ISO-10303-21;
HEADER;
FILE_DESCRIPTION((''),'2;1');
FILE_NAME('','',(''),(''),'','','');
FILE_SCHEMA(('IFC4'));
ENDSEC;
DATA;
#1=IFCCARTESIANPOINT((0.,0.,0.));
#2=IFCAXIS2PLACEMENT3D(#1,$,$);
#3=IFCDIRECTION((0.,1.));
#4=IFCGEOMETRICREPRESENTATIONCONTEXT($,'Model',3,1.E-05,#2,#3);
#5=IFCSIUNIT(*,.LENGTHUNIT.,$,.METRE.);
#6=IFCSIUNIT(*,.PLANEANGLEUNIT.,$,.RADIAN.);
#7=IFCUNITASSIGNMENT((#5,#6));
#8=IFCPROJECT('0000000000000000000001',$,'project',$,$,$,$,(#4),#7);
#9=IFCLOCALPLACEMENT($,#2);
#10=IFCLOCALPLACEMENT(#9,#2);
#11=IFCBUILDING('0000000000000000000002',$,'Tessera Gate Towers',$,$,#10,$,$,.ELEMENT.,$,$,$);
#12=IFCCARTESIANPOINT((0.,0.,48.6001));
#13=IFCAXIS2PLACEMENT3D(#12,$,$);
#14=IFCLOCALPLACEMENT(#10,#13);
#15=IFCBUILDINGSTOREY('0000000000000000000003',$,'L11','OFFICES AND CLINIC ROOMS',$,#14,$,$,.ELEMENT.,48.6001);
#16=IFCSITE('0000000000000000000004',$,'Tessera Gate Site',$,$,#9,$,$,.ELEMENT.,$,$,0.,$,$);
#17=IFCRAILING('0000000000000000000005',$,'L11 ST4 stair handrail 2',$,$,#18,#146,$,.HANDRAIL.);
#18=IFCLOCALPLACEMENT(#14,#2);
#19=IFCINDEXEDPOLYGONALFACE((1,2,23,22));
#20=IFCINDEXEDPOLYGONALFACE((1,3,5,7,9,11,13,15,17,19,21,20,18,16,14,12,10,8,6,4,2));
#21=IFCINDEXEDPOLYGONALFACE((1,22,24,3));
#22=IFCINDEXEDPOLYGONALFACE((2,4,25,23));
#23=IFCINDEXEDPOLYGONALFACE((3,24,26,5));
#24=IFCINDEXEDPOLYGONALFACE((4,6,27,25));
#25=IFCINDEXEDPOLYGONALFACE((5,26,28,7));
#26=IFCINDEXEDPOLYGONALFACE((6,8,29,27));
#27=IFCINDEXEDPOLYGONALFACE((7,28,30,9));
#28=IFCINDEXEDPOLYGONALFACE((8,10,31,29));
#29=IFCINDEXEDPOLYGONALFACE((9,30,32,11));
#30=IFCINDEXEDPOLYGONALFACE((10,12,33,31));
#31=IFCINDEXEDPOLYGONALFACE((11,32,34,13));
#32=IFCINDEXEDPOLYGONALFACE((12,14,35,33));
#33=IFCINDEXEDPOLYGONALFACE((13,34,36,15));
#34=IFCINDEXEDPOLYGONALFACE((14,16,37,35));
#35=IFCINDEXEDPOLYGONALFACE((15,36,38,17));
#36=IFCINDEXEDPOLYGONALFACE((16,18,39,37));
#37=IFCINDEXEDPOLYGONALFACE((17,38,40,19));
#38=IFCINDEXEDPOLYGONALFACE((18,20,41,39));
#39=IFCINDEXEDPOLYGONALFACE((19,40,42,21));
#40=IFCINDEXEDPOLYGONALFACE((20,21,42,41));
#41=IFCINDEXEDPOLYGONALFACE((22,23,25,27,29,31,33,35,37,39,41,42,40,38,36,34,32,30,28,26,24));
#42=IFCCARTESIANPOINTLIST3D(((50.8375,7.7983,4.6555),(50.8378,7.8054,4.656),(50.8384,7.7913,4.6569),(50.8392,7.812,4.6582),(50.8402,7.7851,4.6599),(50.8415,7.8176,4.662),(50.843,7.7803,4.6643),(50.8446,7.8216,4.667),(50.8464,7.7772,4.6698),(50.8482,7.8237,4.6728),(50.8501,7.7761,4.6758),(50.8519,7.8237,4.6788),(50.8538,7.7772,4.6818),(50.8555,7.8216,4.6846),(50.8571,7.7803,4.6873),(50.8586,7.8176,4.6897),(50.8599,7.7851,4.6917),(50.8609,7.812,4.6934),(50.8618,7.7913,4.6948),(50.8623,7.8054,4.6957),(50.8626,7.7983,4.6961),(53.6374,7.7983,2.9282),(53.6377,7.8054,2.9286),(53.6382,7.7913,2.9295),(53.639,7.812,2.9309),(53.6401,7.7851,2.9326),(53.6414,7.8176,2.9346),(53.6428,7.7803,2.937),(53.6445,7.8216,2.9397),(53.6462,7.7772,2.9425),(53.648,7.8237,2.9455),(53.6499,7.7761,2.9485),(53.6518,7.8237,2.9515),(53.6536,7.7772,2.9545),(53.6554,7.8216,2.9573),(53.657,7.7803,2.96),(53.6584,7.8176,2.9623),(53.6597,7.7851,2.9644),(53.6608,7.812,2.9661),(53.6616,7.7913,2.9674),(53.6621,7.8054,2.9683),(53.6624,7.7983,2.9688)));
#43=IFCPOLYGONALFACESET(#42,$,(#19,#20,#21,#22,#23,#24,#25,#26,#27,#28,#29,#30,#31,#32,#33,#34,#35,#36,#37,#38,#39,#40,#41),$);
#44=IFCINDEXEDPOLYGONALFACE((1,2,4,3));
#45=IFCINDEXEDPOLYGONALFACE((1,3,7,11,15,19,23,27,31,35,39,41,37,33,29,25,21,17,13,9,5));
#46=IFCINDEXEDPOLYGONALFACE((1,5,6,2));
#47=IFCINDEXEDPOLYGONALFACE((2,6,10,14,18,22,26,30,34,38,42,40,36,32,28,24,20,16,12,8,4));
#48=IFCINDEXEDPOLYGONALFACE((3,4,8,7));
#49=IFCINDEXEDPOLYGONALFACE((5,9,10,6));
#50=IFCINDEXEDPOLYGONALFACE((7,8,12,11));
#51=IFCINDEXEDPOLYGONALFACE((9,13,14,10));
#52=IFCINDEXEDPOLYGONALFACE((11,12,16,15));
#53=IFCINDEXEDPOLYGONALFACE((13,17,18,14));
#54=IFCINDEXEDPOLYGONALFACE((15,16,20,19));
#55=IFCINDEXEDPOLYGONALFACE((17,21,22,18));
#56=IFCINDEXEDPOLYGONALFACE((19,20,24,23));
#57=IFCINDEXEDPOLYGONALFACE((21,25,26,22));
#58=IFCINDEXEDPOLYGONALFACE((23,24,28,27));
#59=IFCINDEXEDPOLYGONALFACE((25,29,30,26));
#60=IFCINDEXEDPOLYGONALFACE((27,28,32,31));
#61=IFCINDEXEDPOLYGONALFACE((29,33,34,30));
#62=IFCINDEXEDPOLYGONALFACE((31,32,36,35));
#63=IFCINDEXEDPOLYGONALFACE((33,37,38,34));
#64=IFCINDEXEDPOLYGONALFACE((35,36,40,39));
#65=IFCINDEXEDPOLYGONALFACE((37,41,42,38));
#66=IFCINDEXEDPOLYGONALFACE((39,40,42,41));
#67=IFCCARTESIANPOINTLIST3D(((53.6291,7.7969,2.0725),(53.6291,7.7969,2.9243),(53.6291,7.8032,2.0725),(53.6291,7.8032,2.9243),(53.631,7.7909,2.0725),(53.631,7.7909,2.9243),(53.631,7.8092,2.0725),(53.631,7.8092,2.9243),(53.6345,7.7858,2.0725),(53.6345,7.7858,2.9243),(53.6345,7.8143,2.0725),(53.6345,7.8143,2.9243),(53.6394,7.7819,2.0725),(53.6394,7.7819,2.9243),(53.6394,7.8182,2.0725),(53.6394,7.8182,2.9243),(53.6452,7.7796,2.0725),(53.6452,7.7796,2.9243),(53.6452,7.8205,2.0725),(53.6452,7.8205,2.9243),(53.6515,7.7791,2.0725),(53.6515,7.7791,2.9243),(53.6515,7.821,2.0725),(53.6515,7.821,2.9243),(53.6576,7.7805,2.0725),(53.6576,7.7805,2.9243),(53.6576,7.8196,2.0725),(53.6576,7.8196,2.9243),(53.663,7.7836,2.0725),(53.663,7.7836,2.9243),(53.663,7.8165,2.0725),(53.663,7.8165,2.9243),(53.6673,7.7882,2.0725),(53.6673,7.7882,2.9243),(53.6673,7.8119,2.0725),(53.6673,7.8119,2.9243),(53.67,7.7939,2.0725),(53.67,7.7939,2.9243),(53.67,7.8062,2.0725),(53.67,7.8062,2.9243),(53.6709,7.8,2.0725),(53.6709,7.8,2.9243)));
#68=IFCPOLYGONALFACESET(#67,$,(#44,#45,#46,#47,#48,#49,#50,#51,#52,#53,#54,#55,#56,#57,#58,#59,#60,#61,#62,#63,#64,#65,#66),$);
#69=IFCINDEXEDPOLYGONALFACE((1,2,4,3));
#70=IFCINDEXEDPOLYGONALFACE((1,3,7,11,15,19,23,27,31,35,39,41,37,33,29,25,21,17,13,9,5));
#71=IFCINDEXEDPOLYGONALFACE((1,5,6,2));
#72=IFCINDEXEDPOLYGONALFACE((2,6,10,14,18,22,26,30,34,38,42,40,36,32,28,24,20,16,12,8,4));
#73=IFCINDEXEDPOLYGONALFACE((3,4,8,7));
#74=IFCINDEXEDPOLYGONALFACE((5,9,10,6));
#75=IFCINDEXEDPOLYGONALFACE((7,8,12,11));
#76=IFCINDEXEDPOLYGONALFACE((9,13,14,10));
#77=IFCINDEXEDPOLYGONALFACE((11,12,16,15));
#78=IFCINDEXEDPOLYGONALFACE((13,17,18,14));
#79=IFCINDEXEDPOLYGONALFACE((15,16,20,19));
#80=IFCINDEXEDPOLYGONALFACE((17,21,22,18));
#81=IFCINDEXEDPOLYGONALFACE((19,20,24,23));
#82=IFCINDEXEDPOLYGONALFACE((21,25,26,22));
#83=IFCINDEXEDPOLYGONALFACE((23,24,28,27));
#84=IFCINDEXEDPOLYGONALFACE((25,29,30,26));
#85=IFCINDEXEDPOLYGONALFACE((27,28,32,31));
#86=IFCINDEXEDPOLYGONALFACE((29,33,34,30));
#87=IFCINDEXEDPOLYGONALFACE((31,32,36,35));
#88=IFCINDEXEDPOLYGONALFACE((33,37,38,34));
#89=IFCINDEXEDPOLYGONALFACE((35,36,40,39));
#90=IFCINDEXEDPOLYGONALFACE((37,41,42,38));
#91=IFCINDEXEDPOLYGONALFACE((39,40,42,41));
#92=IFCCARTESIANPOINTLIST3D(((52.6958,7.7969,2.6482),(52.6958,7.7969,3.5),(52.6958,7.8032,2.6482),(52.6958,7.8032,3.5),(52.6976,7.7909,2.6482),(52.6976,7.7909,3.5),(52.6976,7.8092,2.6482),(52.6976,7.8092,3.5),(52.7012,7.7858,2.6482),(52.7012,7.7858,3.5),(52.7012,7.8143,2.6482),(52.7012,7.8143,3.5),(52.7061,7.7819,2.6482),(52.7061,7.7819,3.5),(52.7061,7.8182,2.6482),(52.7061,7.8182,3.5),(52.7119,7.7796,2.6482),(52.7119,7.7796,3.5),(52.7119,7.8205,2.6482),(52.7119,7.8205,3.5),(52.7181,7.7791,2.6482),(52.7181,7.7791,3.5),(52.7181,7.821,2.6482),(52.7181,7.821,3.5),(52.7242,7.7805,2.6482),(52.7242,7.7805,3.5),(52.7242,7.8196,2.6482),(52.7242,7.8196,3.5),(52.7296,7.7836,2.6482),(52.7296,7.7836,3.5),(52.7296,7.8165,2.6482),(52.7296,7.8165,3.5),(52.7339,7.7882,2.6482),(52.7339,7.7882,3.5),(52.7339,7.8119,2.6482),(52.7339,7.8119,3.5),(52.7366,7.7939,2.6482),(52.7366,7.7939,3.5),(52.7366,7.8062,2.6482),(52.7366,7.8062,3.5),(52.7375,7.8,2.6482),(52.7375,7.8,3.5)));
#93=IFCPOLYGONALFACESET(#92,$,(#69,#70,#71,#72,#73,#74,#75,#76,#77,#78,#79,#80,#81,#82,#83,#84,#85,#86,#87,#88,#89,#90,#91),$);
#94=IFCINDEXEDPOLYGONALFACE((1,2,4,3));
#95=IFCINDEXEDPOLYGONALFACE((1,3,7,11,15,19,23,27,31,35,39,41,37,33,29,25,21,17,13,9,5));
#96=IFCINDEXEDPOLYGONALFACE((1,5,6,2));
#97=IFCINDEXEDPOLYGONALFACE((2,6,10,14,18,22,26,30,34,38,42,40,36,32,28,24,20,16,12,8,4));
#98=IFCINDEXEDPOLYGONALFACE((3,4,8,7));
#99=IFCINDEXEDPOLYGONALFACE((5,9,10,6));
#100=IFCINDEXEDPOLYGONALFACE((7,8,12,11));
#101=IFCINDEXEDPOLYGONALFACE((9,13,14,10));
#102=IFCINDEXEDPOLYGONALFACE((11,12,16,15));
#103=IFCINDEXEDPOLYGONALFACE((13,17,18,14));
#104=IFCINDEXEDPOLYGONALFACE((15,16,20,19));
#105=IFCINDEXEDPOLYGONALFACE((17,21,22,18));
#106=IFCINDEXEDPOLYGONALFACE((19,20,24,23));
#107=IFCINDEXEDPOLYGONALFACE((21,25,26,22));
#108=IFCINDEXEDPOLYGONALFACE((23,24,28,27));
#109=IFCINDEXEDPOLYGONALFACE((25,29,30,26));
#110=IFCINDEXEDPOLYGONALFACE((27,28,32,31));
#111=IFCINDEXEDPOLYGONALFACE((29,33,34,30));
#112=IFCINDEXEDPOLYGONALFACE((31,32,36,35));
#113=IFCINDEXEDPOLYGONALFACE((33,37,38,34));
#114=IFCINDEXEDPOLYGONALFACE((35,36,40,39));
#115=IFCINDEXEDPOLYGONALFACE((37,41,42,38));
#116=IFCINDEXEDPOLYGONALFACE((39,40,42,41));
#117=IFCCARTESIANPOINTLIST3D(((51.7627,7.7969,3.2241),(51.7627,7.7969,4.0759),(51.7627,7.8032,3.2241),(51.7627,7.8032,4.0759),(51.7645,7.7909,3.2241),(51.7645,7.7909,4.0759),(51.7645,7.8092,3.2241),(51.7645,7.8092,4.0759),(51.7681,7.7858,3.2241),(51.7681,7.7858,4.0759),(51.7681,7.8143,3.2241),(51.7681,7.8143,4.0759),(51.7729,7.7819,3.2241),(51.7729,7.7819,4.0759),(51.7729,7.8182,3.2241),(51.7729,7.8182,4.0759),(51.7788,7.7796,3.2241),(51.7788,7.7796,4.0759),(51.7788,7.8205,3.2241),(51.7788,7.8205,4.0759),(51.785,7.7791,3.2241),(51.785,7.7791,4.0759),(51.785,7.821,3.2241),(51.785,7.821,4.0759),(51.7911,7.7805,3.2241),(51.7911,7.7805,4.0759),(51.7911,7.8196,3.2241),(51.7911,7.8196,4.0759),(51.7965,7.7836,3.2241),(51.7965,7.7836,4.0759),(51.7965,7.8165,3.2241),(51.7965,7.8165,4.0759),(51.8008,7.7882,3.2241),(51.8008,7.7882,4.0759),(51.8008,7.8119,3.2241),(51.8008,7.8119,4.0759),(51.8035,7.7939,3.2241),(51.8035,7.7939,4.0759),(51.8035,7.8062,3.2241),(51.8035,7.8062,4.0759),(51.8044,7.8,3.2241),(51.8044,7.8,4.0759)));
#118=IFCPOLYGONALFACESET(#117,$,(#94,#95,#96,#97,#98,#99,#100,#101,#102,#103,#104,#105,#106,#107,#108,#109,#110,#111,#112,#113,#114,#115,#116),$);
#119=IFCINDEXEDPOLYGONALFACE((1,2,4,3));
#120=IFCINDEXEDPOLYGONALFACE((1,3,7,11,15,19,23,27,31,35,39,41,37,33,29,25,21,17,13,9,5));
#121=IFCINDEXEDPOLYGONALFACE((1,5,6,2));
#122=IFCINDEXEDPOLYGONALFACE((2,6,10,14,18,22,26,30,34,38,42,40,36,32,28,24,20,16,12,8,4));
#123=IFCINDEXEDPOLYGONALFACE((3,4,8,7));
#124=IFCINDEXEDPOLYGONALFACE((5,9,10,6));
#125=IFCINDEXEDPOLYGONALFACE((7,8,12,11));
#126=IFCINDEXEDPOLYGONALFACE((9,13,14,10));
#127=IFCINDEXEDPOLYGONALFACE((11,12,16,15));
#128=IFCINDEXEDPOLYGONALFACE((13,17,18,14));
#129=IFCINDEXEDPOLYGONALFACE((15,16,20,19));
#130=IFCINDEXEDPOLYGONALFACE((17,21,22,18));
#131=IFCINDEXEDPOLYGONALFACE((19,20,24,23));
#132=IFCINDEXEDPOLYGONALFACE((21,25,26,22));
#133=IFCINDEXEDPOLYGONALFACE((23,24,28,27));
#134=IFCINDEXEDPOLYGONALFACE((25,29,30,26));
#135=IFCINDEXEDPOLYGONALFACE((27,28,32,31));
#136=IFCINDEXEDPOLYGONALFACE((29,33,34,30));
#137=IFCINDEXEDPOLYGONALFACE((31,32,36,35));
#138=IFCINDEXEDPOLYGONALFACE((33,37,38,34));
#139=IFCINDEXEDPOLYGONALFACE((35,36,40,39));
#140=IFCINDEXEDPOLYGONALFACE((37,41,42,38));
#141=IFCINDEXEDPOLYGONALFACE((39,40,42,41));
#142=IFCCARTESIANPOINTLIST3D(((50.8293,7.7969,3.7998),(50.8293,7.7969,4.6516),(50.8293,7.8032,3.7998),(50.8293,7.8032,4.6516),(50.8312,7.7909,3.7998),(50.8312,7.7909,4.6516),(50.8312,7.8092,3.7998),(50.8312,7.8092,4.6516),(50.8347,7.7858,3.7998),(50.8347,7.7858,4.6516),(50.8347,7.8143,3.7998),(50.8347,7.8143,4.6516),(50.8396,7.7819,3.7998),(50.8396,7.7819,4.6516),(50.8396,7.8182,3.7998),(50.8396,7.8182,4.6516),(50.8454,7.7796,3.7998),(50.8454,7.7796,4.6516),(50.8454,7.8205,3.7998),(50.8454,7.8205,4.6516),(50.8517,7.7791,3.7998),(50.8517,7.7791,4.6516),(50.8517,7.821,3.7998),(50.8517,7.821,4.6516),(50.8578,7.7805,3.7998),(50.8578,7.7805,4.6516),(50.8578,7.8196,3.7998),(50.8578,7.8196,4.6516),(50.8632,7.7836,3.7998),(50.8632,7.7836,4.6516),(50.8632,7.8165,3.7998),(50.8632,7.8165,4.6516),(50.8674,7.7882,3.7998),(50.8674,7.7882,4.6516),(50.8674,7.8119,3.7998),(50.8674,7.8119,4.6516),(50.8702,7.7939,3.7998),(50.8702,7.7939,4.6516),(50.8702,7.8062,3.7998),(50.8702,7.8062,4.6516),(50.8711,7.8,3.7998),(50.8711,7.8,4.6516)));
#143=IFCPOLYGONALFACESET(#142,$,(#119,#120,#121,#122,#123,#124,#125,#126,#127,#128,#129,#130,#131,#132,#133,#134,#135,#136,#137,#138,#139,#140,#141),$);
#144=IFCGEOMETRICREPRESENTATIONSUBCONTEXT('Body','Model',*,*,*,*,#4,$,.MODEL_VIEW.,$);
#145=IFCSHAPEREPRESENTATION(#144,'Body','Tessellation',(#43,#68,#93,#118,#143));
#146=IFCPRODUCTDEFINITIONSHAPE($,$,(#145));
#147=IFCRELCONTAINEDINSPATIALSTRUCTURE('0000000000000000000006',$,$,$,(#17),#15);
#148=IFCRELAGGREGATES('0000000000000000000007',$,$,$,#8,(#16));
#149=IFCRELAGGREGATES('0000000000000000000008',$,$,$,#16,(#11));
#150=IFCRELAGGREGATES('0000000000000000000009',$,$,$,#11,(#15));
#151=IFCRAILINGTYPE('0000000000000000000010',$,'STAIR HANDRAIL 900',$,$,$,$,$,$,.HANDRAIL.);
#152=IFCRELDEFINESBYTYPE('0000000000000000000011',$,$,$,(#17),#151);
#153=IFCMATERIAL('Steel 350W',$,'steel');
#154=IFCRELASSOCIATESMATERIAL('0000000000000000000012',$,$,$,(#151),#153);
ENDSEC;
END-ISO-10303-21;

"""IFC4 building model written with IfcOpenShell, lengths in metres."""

from ifc_helpers import new_model, si_unit, direction, frame, origin, origin_2d, place, context, subcontext, project, spatial, circle, extrude, material, type_object, element, save


model = new_model("IFC4")

# Units and contexts
model_context = context("Model", 3, precision=1e-05, world=origin(), true_north=direction((0.0, 1.0)))
body_context = subcontext(model_context, "Body", "Model", "MODEL_VIEW")
ifc_project = project(units=[si_unit("LENGTHUNIT", "METRE"), si_unit("PLANEANGLEUNIT", "RADIAN")], contexts=[model_context])

# Site, building, storey
site_placement = place(None, origin())
site = spatial("IfcSite", under=ifc_project, at=site_placement, Name="Tessera Gate Site", CompositionType="ELEMENT", RefElevation=0.0)
building_placement = place(site_placement, origin())
building = spatial("IfcBuilding", under=site, at=building_placement, Name="Tessera Gate Towers", CompositionType="ELEMENT")
storey_placement = place(building_placement, frame((0.0, 0.0, 48.6001)))
storey = spatial("IfcBuildingStorey", under=building, at=storey_placement, Name="L11", Description="OFFICES AND CLINIC ROOMS", CompositionType="ELEMENT", Elevation=48.6001)

# Railing
ifc_material_1 = material(Name="Steel 350W", Category="steel")
railing_type = type_object("IfcRailingType", Name="STAIR HANDRAIL 900", PredefinedType="HANDRAIL", material=ifc_material_1)
railing_1_placement = place(storey_placement, frame((53.6499, 7.8, 2.0725)))
element("IfcRailing", 1, at=railing_1_placement, inside=storey, type_object=railing_type, Name="L11 ST4 stair handrail 2", PredefinedType="HANDRAIL", context=body_context, shape_type="SweptSolid", body=[
    extrude(circle(Radius=0.0239, at=origin_2d()), frame((0.0, 0.0, 0.876), z_axis=(-0.851069, 0.0, 0.525054), x_axis=(0.0, -1.0, 0.0)), (0.0, 0.0, 1.0), 3.2898),
    extrude(circle(Radius=0.021, at=origin_2d()), origin(), (0.0, 0.0, 1.0), 0.8518),
    extrude(circle(Radius=0.021, at=origin_2d()), frame((-0.9333, 0.0, 0.5757)), (0.0, 0.0, 1.0), 0.8518),
    extrude(circle(Radius=0.021, at=origin_2d()), frame((-1.8665, 0.0, 1.1516)), (0.0, 0.0, 1.0), 0.8518),
    extrude(circle(Radius=0.021, at=origin_2d()), frame((-2.7998, 0.0, 1.7273)), (0.0, 0.0, 1.0), 0.8518),
])

save(model, "model.ifc")
